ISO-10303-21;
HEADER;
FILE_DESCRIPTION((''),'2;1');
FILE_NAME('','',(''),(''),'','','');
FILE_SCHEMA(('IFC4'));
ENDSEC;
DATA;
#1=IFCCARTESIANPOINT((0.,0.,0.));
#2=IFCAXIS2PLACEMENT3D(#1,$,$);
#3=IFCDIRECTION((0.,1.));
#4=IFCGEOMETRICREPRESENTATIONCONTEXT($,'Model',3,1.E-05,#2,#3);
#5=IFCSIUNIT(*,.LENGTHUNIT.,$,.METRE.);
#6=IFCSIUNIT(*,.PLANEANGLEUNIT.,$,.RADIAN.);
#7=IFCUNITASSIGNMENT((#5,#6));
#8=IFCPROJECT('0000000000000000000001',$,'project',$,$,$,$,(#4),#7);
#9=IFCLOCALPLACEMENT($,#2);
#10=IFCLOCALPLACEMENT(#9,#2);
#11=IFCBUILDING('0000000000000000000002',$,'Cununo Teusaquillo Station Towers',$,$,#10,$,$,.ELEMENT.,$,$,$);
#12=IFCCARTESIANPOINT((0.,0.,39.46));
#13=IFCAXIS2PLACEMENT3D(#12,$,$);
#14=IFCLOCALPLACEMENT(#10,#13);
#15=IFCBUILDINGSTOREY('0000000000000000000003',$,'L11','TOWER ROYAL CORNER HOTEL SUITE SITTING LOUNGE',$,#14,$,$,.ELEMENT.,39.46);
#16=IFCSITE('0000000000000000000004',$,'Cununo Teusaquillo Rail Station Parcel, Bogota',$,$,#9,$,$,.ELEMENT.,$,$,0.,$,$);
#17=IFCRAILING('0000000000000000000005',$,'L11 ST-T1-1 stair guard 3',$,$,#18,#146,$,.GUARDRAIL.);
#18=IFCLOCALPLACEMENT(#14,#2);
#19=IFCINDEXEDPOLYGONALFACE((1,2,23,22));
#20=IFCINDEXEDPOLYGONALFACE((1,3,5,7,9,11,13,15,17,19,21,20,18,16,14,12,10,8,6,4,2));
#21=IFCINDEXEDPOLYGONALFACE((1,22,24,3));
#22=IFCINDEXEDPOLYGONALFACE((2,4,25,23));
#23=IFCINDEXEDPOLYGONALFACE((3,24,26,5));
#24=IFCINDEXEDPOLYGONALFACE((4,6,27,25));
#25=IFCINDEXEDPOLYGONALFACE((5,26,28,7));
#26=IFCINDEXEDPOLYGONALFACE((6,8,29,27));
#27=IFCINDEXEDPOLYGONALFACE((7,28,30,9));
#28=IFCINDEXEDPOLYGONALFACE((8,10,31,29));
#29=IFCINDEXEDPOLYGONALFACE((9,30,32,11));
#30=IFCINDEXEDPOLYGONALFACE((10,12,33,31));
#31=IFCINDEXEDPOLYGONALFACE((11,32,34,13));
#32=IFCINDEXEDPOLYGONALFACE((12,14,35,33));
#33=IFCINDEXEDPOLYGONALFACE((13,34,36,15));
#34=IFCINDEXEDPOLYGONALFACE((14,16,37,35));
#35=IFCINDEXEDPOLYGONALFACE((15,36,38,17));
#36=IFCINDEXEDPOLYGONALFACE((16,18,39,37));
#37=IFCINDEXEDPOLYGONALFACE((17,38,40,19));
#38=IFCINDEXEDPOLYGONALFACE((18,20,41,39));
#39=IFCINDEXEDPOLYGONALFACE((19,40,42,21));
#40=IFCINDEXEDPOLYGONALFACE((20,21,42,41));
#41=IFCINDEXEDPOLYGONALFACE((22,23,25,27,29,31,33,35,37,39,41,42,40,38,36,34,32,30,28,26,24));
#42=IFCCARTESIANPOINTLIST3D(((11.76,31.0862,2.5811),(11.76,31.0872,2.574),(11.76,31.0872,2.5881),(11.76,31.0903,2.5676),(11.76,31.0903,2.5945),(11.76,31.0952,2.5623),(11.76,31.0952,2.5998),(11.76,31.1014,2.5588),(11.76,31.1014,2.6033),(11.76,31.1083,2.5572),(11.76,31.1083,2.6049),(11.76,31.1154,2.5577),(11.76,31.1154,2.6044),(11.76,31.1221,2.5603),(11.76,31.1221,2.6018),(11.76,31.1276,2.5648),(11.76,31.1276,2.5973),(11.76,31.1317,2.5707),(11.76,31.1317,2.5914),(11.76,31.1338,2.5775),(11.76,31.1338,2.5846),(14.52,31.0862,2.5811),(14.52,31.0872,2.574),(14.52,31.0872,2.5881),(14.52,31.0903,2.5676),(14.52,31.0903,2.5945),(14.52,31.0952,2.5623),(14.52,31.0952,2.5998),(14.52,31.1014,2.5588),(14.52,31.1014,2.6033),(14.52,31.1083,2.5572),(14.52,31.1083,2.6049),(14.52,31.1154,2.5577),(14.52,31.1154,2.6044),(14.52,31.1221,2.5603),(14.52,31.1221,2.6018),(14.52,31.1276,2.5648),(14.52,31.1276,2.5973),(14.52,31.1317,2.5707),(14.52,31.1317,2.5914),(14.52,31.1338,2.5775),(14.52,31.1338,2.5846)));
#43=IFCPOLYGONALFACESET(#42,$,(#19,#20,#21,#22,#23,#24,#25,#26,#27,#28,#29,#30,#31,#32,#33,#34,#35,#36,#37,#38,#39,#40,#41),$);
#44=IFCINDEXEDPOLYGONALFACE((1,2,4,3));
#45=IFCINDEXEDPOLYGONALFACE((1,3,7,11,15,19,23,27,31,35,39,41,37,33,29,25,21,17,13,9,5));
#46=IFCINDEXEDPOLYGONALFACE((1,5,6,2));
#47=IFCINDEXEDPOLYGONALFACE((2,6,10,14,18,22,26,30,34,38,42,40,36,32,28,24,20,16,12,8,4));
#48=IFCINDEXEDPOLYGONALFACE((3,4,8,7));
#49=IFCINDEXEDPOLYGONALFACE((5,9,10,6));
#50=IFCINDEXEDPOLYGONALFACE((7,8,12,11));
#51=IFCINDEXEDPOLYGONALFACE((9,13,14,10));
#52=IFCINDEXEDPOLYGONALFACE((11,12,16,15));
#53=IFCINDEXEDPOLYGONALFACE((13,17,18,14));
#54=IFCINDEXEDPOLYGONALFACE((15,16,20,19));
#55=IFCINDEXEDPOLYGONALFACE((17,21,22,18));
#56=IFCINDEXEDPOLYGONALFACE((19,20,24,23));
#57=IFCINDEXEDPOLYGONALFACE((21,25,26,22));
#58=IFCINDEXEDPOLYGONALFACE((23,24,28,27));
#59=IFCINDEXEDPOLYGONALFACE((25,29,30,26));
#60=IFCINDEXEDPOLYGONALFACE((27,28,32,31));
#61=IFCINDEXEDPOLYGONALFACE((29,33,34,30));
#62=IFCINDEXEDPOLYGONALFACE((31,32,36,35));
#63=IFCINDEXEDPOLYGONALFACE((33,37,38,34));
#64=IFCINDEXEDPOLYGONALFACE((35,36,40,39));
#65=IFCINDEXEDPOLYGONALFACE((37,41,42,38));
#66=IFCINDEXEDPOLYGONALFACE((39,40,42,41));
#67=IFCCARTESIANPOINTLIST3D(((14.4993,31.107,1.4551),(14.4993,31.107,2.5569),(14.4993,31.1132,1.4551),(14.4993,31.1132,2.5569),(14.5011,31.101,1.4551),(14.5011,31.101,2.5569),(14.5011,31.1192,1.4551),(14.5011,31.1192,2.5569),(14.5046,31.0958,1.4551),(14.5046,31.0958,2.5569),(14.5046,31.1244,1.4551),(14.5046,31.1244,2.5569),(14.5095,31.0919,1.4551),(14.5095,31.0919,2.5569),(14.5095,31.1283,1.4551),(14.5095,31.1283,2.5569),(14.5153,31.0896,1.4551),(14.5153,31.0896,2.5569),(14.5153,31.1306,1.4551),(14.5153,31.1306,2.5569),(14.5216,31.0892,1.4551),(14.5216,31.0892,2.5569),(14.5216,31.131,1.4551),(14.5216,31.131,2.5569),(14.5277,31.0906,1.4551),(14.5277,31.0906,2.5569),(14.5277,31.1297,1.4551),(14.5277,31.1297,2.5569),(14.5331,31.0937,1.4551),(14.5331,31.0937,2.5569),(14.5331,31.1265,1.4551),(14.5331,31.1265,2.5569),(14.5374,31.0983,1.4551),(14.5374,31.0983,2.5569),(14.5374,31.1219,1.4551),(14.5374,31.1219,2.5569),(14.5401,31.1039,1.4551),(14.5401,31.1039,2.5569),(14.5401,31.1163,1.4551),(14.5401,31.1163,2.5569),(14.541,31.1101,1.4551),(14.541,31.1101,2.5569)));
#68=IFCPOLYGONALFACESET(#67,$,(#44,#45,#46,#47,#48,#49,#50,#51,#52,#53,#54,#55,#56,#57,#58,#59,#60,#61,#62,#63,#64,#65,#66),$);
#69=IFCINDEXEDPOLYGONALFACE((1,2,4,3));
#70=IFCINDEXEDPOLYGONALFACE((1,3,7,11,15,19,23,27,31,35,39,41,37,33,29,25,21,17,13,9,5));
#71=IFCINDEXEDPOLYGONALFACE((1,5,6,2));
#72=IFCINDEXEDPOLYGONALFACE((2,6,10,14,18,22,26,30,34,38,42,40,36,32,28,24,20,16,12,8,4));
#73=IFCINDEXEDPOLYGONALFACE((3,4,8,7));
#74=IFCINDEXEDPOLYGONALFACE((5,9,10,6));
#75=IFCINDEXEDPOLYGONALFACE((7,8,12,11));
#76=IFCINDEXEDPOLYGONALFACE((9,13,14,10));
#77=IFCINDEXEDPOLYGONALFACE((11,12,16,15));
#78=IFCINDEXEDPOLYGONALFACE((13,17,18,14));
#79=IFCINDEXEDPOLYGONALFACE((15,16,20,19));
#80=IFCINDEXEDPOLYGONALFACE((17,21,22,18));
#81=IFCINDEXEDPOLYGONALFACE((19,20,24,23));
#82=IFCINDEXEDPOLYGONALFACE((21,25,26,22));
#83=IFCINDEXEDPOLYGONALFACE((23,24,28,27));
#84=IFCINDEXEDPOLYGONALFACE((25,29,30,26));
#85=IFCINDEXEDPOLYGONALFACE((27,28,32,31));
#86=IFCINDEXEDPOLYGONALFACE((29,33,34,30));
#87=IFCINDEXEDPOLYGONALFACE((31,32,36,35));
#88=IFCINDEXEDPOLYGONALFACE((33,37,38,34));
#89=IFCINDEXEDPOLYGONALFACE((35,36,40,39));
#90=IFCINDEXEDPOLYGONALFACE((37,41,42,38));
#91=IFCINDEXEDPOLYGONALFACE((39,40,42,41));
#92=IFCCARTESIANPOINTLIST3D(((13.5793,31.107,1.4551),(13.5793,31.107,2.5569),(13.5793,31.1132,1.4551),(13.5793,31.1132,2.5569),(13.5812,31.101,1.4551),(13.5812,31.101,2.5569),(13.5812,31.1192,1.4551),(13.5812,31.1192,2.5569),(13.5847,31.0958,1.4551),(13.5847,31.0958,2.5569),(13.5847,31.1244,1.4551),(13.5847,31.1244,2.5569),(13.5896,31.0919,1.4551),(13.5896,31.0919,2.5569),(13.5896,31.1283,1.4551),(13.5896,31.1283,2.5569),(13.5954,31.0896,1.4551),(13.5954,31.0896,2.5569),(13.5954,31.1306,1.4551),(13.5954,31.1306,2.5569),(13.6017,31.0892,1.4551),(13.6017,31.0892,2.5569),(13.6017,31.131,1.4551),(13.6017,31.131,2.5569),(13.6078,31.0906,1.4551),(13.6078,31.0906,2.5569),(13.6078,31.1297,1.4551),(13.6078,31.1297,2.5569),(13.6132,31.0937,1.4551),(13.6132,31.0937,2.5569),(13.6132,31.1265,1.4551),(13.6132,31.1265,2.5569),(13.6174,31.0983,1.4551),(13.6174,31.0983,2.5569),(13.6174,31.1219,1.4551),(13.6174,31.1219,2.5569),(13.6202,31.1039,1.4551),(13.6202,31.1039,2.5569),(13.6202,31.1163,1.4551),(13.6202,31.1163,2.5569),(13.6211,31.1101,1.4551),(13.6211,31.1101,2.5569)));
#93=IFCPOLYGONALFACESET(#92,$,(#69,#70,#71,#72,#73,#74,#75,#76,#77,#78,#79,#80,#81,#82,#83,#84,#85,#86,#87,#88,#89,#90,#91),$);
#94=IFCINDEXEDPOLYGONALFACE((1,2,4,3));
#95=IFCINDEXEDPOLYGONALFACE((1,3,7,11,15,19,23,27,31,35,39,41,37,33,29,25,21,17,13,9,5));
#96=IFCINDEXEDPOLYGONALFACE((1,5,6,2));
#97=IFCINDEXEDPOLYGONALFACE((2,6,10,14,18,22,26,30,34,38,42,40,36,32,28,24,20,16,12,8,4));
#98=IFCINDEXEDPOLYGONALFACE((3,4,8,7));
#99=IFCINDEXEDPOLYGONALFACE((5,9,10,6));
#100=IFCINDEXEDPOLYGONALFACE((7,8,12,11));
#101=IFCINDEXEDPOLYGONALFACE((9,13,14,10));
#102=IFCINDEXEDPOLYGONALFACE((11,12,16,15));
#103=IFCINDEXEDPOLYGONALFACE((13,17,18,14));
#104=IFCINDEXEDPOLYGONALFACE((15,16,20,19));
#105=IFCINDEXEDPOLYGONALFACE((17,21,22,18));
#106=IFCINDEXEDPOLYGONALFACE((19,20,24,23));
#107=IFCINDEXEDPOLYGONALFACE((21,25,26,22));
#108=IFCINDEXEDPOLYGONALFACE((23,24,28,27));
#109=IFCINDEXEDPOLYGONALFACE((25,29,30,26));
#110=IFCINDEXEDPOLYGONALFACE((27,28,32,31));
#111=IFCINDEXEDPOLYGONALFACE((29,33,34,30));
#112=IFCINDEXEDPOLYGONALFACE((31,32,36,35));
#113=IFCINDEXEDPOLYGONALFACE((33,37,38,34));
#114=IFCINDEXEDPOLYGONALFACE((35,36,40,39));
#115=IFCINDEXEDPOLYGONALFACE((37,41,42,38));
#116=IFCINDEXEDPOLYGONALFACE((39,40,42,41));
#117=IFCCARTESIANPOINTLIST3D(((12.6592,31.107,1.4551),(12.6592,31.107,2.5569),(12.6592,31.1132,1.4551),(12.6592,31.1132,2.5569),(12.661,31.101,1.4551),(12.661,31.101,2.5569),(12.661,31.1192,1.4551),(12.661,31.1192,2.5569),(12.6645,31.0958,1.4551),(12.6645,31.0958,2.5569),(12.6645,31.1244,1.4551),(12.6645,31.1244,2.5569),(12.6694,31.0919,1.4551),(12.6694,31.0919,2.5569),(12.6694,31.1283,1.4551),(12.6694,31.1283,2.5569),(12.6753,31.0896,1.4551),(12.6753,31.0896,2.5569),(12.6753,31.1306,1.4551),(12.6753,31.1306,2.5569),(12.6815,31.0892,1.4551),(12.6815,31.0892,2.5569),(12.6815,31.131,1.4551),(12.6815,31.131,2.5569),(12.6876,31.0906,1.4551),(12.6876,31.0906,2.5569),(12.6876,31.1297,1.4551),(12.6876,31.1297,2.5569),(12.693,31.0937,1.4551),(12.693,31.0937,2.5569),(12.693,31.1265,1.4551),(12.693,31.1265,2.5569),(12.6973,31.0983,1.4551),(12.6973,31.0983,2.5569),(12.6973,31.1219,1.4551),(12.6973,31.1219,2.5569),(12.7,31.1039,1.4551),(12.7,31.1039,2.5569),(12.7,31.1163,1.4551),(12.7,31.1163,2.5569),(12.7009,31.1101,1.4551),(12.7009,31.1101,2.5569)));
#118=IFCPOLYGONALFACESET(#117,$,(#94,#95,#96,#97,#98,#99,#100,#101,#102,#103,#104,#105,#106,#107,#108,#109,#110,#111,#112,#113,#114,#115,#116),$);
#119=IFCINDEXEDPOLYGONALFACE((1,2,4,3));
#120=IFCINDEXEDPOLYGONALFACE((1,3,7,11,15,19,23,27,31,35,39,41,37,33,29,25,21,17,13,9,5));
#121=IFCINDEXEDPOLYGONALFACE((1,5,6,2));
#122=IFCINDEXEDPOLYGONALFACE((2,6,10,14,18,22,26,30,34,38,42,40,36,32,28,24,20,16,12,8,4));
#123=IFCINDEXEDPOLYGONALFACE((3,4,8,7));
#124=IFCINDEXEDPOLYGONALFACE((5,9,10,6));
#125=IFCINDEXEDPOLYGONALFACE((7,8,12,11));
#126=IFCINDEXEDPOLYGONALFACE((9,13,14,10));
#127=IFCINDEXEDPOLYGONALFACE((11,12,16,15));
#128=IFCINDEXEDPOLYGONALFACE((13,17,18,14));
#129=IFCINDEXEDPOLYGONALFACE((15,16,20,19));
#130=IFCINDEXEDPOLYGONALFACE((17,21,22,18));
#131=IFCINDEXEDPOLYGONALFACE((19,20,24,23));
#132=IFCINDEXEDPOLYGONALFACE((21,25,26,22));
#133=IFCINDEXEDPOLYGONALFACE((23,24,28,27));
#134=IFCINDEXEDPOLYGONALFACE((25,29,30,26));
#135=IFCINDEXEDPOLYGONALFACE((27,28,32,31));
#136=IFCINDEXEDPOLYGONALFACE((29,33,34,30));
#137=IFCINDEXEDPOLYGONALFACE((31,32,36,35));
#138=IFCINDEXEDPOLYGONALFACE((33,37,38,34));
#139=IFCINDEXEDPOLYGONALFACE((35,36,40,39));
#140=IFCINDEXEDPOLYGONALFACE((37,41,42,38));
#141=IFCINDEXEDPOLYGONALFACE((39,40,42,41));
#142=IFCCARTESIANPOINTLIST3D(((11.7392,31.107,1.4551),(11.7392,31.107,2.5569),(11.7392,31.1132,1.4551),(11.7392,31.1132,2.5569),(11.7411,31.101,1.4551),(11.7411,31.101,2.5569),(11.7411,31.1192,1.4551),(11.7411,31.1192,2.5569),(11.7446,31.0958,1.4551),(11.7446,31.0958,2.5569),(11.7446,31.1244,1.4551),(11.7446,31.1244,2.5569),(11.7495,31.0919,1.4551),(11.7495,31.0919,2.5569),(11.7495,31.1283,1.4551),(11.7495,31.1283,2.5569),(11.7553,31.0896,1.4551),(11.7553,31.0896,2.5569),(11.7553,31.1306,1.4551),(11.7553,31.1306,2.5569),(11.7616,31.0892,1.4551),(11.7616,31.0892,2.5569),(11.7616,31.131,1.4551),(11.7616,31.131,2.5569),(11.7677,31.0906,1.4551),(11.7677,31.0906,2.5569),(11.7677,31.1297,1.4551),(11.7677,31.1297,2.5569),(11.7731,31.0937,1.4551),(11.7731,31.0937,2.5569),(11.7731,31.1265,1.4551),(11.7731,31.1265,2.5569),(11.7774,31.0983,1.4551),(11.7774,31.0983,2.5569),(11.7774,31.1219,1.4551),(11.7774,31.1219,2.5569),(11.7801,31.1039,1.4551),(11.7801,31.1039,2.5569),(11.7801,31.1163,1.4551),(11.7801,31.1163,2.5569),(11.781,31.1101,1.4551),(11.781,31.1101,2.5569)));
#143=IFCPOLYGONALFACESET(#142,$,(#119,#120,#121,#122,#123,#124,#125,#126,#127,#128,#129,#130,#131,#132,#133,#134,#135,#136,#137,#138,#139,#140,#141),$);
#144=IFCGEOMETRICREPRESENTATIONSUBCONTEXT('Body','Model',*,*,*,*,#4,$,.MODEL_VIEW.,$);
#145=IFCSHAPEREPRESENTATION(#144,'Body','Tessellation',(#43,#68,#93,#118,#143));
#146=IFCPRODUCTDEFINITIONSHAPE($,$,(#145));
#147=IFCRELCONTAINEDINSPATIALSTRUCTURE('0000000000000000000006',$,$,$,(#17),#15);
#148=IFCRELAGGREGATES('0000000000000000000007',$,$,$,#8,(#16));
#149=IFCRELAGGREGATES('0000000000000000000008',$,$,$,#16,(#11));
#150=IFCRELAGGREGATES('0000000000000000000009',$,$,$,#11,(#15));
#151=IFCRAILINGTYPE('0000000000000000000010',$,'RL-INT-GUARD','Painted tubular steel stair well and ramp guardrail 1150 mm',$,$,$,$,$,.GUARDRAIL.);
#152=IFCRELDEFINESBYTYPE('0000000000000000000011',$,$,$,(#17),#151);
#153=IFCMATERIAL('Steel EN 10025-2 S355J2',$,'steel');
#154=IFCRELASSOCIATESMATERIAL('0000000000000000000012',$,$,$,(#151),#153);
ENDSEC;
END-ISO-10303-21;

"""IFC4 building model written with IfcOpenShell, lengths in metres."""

from ifc_helpers import new_model, si_unit, direction, frame, origin, origin_2d, place, context, subcontext, project, spatial, circle, extrude, material, type_object, element, save


model = new_model("IFC4")

# Units and contexts
model_context = context("Model", 3, precision=1e-05, world=origin(), true_north=direction((0.0, 1.0)))
body_context = subcontext(model_context, "Body", "Model", "MODEL_VIEW")
ifc_project = project(units=[si_unit("LENGTHUNIT", "METRE"), si_unit("PLANEANGLEUNIT", "RADIAN")], contexts=[model_context])

# Site, building, storey
site_placement = place(None, origin())
site = spatial("IfcSite", under=ifc_project, at=site_placement, Name="Cununo Teusaquillo Rail Station Parcel, Bogota", CompositionType="ELEMENT", RefElevation=0.0)
building_placement = place(site_placement, origin())
building = spatial("IfcBuilding", under=site, at=building_placement, Name="Cununo Teusaquillo Station Towers", CompositionType="ELEMENT")
storey_placement = place(building_placement, frame((0.0, 0.0, 39.46)))
storey = spatial("IfcBuildingStorey", under=building, at=storey_placement, Name="L11", Description="TOWER ROYAL CORNER HOTEL SUITE SITTING LOUNGE", CompositionType="ELEMENT", Elevation=39.46)

# Railing
ifc_material_1 = material(Name="Steel EN 10025-2 S355J2", Category="steel")
railing_type_1 = type_object("IfcRailingType", Name="RL-INT-GUARD", Description="Painted tubular steel stair well and ramp guardrail 1150 mm", PredefinedType="GUARDRAIL", material=ifc_material_1)
railing_1_placement = place(storey_placement, frame((14.52, 31.1101, 1.4551)))
element("IfcRailing", 1, at=railing_1_placement, inside=storey, type_object=railing_type_1, Name="L11 ST-T1-1 stair guard 3", PredefinedType="GUARDRAIL", context=body_context, shape_type="SweptSolid", body=[
    extrude(circle(Radius=0.0239, at=origin_2d()), frame((0.0, 0.0, 1.126), z_axis=(-1.0, 0.0, 0.0), x_axis=(0.0, -1.0, 0.0)), (0.0, 0.0, 1.0), 2.76),
    extrude(circle(Radius=0.021, at=origin_2d()), origin(), (0.0, 0.0, 1.0), 1.1018),
    extrude(circle(Radius=0.021, at=origin_2d()), frame((-0.9199, 0.0, 0.0)), (0.0, 0.0, 1.0), 1.1018),
    extrude(circle(Radius=0.021, at=origin_2d()), frame((-1.8401, 0.0, 0.0)), (0.0, 0.0, 1.0), 1.1018),
    extrude(circle(Radius=0.021, at=origin_2d()), frame((-2.76, 0.0, 0.0)), (0.0, 0.0, 1.0), 1.1018),
])

save(model, "model.ifc")
